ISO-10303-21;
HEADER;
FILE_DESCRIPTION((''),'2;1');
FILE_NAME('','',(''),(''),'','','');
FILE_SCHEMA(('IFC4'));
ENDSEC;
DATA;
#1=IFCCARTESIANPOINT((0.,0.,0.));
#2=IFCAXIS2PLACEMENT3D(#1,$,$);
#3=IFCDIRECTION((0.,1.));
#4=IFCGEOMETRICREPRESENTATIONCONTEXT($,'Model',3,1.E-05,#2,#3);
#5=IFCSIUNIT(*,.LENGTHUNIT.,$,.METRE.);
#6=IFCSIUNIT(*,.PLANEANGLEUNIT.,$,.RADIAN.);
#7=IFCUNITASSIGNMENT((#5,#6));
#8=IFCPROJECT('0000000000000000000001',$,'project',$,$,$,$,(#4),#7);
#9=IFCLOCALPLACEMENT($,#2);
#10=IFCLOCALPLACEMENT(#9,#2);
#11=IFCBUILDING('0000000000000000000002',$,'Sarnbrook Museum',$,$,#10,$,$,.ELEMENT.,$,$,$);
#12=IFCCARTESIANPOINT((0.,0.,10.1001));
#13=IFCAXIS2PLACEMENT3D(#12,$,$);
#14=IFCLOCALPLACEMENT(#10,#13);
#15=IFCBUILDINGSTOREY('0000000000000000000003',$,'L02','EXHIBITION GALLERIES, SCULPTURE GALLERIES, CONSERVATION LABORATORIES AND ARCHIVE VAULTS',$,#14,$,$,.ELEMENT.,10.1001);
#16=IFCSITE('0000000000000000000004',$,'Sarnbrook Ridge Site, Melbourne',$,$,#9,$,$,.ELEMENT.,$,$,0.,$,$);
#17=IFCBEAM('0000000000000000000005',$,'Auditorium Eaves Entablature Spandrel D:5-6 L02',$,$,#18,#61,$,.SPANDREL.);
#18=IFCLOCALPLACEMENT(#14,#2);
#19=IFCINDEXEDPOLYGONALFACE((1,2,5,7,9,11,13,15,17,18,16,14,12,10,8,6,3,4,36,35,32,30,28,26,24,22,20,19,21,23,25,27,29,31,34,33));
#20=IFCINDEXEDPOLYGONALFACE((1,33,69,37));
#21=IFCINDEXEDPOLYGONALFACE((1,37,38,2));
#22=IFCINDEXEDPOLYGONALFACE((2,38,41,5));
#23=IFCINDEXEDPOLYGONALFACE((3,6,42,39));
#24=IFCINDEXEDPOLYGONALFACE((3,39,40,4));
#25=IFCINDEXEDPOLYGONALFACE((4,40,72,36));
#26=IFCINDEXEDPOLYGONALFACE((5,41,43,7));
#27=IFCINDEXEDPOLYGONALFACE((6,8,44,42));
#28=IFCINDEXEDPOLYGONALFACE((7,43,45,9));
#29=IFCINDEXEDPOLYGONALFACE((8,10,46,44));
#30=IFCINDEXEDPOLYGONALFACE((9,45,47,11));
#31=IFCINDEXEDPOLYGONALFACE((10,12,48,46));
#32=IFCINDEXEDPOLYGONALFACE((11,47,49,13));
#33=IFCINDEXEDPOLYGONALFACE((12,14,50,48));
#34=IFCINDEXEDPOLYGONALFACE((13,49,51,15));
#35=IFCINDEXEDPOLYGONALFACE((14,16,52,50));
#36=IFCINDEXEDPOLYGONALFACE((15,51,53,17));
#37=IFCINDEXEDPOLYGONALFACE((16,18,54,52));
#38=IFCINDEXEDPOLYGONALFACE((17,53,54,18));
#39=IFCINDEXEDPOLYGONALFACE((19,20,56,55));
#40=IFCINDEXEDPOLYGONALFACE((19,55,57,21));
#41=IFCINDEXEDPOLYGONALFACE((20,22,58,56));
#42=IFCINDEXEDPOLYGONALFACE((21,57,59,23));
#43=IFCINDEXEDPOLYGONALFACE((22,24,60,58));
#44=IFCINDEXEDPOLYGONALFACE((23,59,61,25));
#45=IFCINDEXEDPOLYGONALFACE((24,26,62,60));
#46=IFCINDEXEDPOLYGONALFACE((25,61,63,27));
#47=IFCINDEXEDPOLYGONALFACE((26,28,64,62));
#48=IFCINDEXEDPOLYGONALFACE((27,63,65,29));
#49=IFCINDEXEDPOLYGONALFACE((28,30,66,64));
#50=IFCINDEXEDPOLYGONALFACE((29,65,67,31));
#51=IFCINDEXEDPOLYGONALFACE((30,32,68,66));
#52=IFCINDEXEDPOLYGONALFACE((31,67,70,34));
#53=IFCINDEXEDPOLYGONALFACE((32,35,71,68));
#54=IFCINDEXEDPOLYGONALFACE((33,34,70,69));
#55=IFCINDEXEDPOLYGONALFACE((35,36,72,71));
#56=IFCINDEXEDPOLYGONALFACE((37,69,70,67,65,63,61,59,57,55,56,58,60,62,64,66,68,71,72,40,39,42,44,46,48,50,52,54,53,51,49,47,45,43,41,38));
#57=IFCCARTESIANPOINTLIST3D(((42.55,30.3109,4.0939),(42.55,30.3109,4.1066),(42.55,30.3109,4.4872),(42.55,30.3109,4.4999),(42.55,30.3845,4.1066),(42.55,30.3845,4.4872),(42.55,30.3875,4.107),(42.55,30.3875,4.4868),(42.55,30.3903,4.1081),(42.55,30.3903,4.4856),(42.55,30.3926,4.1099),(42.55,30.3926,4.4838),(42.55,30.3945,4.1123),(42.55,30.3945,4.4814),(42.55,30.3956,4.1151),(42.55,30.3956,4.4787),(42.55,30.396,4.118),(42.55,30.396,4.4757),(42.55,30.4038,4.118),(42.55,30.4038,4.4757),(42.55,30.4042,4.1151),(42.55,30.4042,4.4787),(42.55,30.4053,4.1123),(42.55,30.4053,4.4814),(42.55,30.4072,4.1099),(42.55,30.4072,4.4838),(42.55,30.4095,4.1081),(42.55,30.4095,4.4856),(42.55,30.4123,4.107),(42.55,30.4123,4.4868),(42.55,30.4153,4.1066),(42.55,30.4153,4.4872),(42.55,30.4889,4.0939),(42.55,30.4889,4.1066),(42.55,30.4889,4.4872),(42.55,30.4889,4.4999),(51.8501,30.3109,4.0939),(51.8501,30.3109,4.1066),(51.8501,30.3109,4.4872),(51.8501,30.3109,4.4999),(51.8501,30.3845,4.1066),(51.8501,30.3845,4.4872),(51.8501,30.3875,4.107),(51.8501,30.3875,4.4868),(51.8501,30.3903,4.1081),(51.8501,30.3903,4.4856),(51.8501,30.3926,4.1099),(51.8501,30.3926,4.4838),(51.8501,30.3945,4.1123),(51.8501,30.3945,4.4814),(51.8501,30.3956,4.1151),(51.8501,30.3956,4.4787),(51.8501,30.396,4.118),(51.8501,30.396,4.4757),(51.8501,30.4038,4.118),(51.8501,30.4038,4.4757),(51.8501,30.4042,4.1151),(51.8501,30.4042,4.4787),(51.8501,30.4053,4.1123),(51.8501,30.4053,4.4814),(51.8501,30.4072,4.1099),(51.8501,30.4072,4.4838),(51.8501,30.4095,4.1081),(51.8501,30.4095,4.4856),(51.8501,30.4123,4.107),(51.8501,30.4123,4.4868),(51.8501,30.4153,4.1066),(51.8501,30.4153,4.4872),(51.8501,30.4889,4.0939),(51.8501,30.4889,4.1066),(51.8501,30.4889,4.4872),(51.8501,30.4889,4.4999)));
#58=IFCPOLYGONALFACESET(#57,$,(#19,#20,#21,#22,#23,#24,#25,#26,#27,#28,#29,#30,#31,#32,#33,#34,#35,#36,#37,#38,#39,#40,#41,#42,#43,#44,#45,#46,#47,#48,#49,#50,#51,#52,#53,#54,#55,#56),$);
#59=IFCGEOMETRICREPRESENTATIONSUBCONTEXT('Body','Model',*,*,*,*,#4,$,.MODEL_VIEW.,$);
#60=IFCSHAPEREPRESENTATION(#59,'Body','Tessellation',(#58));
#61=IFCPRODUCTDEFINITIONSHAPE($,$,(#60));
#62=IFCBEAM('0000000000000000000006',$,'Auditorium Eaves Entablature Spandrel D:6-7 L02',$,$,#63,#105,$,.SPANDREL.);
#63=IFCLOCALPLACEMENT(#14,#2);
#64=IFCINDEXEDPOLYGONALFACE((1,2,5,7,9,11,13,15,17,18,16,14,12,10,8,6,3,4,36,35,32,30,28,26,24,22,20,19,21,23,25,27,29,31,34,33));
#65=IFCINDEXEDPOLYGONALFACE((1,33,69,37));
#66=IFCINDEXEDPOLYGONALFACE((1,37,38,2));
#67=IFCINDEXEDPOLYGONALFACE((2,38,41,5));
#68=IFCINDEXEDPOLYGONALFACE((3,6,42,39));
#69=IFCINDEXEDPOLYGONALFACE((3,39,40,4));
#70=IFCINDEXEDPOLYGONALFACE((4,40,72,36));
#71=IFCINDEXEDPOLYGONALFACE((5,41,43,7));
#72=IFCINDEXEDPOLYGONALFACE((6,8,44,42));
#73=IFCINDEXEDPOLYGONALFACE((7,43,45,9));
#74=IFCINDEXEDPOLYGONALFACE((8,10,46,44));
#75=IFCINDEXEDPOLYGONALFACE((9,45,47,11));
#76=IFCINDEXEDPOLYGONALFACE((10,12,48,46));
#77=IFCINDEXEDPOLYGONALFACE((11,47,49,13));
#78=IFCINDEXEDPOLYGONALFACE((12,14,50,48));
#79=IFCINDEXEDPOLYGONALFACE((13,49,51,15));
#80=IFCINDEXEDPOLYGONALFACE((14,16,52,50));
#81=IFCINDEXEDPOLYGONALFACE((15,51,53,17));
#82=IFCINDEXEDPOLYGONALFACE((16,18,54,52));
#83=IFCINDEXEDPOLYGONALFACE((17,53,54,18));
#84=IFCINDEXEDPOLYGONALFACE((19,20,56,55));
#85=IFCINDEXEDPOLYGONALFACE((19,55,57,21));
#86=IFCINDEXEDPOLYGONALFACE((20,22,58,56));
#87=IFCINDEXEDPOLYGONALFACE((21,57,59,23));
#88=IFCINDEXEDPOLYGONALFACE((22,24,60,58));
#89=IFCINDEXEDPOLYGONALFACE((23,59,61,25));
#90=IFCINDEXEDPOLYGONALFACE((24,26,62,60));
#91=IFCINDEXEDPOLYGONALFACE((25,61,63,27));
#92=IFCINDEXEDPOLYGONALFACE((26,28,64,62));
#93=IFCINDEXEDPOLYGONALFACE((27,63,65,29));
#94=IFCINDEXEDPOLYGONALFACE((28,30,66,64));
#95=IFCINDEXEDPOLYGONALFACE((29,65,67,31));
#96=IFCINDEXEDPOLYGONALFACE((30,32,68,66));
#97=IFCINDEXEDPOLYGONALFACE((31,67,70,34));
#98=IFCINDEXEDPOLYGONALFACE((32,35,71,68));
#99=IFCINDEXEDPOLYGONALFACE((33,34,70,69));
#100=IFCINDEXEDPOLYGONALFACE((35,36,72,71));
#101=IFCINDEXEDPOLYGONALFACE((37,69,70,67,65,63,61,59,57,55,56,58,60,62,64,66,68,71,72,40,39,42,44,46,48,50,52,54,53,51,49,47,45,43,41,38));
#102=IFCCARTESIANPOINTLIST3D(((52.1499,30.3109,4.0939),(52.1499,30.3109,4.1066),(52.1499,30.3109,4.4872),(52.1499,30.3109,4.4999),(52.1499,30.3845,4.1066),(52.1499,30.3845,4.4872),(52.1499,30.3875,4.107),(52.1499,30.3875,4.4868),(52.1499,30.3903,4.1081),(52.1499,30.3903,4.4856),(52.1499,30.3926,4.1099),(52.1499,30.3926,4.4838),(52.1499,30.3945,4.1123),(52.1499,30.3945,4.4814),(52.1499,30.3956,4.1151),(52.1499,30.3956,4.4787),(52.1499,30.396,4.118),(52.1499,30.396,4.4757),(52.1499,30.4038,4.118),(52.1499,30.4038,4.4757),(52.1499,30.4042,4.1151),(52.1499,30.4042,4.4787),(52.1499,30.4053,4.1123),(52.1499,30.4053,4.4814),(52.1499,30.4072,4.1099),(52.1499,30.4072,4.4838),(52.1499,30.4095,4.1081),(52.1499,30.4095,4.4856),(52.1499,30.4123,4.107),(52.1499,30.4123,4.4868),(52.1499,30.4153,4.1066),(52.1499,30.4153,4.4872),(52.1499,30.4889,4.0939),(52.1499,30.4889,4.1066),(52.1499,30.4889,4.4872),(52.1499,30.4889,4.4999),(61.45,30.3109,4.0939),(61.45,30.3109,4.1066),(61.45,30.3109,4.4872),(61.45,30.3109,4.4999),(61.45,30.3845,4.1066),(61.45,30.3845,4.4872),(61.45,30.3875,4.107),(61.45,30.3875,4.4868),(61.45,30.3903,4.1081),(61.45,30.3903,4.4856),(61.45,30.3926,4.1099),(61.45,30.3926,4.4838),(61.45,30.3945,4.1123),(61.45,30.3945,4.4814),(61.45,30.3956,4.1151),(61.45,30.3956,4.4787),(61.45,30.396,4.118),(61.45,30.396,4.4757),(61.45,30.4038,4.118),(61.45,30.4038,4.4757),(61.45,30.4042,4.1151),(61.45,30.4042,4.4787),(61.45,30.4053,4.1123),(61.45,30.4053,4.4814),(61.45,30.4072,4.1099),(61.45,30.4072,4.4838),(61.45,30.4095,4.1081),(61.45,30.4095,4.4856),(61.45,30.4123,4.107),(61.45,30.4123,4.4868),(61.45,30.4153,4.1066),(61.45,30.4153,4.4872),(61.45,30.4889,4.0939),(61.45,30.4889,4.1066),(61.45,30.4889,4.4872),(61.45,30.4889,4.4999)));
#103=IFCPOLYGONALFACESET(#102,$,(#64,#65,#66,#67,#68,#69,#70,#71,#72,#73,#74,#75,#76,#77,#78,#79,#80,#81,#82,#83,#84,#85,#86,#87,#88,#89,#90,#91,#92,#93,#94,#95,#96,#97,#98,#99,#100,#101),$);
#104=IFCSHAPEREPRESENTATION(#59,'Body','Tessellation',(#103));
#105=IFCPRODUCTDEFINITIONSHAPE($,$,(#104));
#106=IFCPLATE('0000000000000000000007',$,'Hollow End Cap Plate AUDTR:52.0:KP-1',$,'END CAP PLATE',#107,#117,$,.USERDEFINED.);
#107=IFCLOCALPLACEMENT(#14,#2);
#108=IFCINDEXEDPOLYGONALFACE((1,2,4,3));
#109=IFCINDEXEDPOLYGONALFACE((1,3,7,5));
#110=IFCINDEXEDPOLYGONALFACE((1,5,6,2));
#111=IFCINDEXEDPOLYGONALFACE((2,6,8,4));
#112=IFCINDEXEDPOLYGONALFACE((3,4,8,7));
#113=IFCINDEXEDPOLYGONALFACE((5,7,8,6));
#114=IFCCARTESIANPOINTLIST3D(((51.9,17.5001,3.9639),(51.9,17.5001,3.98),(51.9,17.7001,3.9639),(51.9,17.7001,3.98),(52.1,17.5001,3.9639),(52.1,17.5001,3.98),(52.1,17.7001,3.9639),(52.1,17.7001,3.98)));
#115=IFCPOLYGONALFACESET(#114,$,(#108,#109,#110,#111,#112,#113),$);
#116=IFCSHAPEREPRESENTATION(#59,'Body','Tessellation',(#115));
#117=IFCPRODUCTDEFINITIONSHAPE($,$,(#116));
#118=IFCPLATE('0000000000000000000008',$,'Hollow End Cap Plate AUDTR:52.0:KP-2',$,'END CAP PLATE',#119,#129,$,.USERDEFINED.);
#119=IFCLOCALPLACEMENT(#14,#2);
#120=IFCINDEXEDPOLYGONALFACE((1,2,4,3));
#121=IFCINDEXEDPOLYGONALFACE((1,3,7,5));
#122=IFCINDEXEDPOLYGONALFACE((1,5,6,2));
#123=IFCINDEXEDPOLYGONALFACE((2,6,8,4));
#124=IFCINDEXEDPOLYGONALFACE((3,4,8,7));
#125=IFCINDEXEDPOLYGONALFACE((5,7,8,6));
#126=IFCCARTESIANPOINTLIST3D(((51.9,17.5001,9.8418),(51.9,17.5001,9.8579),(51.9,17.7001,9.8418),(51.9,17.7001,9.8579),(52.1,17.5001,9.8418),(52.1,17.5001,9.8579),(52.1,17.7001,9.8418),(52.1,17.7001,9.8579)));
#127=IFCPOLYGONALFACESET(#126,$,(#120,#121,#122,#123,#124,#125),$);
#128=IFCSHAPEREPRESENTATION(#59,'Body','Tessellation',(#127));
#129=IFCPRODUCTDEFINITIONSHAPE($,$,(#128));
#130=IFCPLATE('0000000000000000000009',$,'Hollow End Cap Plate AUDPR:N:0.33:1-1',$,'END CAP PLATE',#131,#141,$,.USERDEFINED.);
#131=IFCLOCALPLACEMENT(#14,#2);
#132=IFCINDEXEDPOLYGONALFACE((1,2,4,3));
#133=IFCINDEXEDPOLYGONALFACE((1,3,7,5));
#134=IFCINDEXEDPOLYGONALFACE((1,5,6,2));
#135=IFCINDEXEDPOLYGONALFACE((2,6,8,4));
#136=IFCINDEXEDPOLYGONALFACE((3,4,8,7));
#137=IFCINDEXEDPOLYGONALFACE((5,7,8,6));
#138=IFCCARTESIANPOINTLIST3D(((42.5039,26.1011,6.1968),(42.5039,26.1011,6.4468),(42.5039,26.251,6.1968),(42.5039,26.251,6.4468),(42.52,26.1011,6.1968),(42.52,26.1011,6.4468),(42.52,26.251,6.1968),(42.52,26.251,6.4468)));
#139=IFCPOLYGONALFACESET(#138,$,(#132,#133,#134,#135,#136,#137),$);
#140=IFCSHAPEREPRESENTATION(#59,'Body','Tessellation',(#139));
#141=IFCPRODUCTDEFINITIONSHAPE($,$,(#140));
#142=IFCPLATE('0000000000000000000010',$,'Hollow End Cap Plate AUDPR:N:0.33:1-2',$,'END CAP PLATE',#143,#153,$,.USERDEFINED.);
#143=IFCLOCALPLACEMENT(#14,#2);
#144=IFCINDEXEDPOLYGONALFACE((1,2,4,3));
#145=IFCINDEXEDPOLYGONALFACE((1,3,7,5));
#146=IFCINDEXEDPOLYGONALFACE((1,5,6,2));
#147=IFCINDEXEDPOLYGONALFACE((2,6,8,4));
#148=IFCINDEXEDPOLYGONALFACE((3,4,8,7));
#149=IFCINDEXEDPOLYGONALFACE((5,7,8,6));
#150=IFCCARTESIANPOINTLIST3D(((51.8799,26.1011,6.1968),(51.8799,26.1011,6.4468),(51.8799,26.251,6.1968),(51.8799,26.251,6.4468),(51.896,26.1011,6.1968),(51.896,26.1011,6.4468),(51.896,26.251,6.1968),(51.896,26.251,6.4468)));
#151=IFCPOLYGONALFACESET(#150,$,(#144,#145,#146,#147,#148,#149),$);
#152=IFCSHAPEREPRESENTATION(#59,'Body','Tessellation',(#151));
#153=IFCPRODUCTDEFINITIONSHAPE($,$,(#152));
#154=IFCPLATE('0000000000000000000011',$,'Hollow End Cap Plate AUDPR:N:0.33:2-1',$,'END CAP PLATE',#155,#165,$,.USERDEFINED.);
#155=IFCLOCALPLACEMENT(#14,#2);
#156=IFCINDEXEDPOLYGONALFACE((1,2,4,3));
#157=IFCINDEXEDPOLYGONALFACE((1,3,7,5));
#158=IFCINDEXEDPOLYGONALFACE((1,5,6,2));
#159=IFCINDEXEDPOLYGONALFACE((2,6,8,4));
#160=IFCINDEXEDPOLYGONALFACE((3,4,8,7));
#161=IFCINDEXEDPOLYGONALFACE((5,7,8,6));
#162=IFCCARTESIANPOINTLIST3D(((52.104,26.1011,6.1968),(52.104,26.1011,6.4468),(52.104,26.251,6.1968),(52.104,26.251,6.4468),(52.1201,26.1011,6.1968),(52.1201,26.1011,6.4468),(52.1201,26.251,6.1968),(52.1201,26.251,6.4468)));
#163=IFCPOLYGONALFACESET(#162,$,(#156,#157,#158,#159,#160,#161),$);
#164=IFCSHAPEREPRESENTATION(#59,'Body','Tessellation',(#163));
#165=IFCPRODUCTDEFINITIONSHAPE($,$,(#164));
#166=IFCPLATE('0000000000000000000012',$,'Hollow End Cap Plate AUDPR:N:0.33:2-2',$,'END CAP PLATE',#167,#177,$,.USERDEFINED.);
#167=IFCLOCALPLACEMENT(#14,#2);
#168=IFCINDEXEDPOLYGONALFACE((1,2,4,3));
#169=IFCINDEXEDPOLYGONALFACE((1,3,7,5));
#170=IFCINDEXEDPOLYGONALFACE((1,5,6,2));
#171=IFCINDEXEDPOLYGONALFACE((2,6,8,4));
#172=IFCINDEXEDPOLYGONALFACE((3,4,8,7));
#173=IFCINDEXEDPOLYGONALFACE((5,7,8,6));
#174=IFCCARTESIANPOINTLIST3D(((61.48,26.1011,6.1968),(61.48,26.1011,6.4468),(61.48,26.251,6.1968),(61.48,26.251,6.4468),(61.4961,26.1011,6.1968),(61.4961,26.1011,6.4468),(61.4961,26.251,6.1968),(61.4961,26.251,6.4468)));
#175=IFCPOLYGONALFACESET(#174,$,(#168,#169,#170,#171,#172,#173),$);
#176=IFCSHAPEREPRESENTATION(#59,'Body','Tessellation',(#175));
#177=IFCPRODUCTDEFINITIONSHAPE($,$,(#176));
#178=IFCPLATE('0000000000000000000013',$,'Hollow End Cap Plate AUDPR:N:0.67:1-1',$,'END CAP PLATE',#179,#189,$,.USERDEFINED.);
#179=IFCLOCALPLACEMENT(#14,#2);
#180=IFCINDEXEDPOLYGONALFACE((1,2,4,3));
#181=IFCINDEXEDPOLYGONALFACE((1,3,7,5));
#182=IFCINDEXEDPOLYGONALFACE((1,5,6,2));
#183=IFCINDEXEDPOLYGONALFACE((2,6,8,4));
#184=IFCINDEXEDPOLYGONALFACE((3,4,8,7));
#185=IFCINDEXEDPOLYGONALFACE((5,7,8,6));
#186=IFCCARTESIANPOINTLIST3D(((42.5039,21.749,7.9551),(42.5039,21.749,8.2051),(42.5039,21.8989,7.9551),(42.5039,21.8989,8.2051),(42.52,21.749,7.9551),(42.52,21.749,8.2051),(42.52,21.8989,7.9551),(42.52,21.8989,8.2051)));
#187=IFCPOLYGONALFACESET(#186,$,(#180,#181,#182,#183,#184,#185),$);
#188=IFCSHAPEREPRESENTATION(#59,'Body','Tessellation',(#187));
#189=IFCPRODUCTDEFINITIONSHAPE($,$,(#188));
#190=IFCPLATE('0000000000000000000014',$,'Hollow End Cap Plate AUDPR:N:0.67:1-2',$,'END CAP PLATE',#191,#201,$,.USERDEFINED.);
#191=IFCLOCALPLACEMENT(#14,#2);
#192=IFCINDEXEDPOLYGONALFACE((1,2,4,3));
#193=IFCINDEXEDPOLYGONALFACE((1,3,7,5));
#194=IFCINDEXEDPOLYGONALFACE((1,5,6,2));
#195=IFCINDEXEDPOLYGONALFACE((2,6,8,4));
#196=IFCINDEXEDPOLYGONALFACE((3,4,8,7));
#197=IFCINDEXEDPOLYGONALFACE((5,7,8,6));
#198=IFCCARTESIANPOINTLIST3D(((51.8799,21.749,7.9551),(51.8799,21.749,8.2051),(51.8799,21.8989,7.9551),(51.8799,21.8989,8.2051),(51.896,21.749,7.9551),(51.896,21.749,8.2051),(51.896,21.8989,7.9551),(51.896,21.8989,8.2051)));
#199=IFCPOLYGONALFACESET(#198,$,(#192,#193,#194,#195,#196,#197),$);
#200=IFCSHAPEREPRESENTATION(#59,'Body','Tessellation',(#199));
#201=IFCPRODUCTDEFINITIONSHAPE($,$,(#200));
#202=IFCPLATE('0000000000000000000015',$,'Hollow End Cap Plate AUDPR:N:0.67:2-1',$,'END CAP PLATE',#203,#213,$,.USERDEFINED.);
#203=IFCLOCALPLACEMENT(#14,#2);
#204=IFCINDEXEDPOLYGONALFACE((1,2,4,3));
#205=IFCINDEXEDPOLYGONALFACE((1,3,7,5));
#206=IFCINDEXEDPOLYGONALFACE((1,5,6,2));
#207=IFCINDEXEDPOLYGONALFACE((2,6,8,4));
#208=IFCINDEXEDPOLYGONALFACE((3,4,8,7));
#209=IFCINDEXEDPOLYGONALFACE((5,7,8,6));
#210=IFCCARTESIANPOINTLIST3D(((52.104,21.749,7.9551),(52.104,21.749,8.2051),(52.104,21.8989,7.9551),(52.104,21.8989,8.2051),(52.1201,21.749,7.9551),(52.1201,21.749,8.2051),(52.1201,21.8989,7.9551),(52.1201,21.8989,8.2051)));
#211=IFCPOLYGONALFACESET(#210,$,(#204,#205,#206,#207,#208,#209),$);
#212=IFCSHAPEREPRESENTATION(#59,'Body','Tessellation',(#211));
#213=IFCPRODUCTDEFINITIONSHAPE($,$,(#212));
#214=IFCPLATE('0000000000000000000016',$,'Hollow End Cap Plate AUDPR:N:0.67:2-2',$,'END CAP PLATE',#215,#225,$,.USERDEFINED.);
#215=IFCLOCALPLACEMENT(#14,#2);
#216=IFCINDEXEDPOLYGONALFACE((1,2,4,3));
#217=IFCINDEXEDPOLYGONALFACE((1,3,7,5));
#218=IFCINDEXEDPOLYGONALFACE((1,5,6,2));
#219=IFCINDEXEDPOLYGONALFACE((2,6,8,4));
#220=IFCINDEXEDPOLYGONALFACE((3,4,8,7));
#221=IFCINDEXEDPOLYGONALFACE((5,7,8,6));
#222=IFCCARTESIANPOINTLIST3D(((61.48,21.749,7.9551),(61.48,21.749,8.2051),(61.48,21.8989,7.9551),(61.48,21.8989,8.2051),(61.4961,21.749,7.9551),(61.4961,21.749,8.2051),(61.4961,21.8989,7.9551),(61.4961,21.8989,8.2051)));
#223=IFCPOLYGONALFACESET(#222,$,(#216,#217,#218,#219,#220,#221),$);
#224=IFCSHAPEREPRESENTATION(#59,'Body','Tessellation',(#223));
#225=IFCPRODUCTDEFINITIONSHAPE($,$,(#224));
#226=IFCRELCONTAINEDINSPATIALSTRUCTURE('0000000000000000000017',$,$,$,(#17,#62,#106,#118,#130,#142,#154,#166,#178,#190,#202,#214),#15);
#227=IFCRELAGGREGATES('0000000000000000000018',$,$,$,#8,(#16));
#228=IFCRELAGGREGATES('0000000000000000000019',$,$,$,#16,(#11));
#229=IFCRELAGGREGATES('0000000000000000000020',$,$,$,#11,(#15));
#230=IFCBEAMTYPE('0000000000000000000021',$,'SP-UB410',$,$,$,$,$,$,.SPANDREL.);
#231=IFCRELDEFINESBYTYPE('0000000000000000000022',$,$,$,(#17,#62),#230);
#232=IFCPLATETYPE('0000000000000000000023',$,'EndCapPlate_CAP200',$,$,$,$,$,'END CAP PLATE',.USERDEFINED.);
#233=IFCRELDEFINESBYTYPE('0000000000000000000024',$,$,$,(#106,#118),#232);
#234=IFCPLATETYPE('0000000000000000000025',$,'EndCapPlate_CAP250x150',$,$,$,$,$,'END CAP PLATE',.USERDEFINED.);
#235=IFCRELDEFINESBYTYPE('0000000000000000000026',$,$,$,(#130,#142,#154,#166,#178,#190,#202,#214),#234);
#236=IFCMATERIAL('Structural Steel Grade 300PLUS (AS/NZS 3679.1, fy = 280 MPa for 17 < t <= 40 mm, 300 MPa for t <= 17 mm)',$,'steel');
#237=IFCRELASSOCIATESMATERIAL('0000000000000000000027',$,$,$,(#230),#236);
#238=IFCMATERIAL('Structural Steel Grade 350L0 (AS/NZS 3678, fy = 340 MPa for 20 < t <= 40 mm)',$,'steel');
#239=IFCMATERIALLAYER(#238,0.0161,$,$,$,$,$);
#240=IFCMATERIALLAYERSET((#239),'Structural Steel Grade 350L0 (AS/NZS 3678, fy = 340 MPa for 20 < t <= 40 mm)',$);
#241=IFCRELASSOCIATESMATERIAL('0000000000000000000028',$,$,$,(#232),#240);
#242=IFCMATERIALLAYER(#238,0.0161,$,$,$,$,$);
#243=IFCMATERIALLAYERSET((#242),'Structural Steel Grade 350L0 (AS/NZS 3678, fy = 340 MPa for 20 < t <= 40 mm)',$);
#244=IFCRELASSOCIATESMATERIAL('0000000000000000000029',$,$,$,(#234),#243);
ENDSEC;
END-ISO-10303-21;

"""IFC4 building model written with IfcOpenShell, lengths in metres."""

from ifc_helpers import new_model, si_unit, direction, frame, origin, origin_2d, place, context, subcontext, project, spatial, rectangle, i_section, extrude, material, layer, layer_set, material_profile, profile_set, type_object, element, save


model = new_model("IFC4")

# Units and contexts
model_context = context("Model", 3, precision=1e-05, world=origin(), true_north=direction((0.0, 1.0)))
body_context = subcontext(model_context, "Body", "Model", "MODEL_VIEW")
ifc_project = project(units=[si_unit("LENGTHUNIT", "METRE"), si_unit("PLANEANGLEUNIT", "RADIAN")], contexts=[model_context])

# Site, building, storey
site_placement = place(None, origin())
site = spatial("IfcSite", under=ifc_project, at=site_placement, Name="Sarnbrook Ridge Site, Melbourne", CompositionType="ELEMENT", RefElevation=0.0)
building_placement = place(site_placement, origin())
building = spatial("IfcBuilding", under=site, at=building_placement, Name="Sarnbrook Museum", CompositionType="ELEMENT")
storey_placement = place(building_placement, frame((0.0, 0.0, 10.1001)))
storey = spatial("IfcBuildingStorey", under=building, at=storey_placement, Name="L02", Description="EXHIBITION GALLERIES, SCULPTURE GALLERIES, CONSERVATION LABORATORIES AND ARCHIVE VAULTS", CompositionType="ELEMENT", Elevation=10.1001)

# Shared definitions
ifc_material_1 = material(Name="Structural Steel Grade 300PLUS (AS/NZS 3679.1, fy = 280 MPa for 17 < t <= 40 mm, 300 MPa for t <= 17 mm)", Category="steel")

# Shared definitions
ifc_material_2 = material(Name="Structural Steel Grade 350L0 (AS/NZS 3678, fy = 340 MPa for 20 < t <= 40 mm)", Category="steel")

# Beams
ifc_material_profile_1 = material_profile(ifc_material_1, i_section(OverallWidth=0.178, OverallDepth=0.406, WebThickness=0.0078, FlangeThickness=0.0127, FilletRadius=0.0115, at=origin_2d()), Name="410UB59.7")
ifc_profile_set_1 = profile_set([ifc_material_profile_1], Name="Structural Steel Grade 300PLUS (AS/NZS 3679.1, fy = 280 MPa for 17 < t <= 40 mm, 300 MPa for t <= 17 mm)")
beam_type_1 = type_object("IfcBeamType", Name="SP-UB410", PredefinedType="SPANDREL", material=ifc_profile_set_1)
for number, where, z_axis, x_axis, name in (
    (1, (42.55, 30.3999, 4.2969), (1.0, 0.0, 0.0), (0.0, 1.0, 0.0), "Auditorium Eaves Entablature Spandrel D:5-6 L02"),
    (2, (52.1499, 30.3999, 4.2969), (1.0, 0.0, 0.0), (0.0, 1.0, 0.0), "Auditorium Eaves Entablature Spandrel D:6-7 L02"),
):
    element("IfcBeam", number, at=place(storey_placement, frame(where, z_axis=z_axis, x_axis=x_axis)), inside=storey, type_object=beam_type_1, Name=name, PredefinedType="SPANDREL", context=body_context, shape_type="SweptSolid", body=[
        extrude(i_section(OverallWidth=0.178, OverallDepth=0.406, WebThickness=0.0078, FlangeThickness=0.0127, FilletRadius=0.0115, at=origin_2d()), origin(), (0.0, 0.0, 1.0), 9.3),
    ])

# Plates
ifc_layer_1 = layer(ifc_material_2, 0.0161)
ifc_layer_set_1 = layer_set([ifc_layer_1], Name="Structural Steel Grade 350L0 (AS/NZS 3678, fy = 340 MPa for 20 < t <= 40 mm)")
plate_type_1 = type_object("IfcPlateType", Name="EndCapPlate_CAP200", ElementType="END CAP PLATE", PredefinedType="USERDEFINED", material=ifc_layer_set_1)
for number, where, z_axis, x_axis, name in (
    (3, (52.0, 17.6001, 3.9639), (0.0, 0.0, 1.0), (1.0, 0.0, 0.0), "Hollow End Cap Plate AUDTR:52.0:KP-1"),
    (4, (52.0, 17.6001, 9.8418), (0.0, 0.0, 1.0), (1.0, 0.0, 0.0), "Hollow End Cap Plate AUDTR:52.0:KP-2"),
):
    element("IfcPlate", number, at=place(storey_placement, frame(where, z_axis=z_axis, x_axis=x_axis)), inside=storey, type_object=plate_type_1, Name=name, ObjectType="END CAP PLATE", PredefinedType="USERDEFINED", context=body_context, shape_type="SweptSolid", body=[
        extrude(rectangle(XDim=0.2, YDim=0.2, at=origin_2d()), origin(), (0.0, 0.0, 1.0), 0.0161),
    ])
ifc_layer_2 = layer(ifc_material_2, 0.0161)
ifc_layer_set_2 = layer_set([ifc_layer_2], Name="Structural Steel Grade 350L0 (AS/NZS 3678, fy = 340 MPa for 20 < t <= 40 mm)")
plate_type_2 = type_object("IfcPlateType", Name="EndCapPlate_CAP250x150", ElementType="END CAP PLATE", PredefinedType="USERDEFINED", material=ifc_layer_set_2)
for number, where, z_axis, x_axis, name in (
    (5, (42.5039, 26.176, 6.3218), (1.0, 0.0, 0.0), (0.0, 1.0, 0.0), "Hollow End Cap Plate AUDPR:N:0.33:1-1"),
    (6, (51.8799, 26.176, 6.3218), (1.0, 0.0, 0.0), (0.0, 1.0, 0.0), "Hollow End Cap Plate AUDPR:N:0.33:1-2"),
    (7, (52.104, 26.176, 6.3218), (1.0, 0.0, 0.0), (0.0, 1.0, 0.0), "Hollow End Cap Plate AUDPR:N:0.33:2-1"),
    (8, (61.48, 26.176, 6.3218), (1.0, 0.0, 0.0), (0.0, 1.0, 0.0), "Hollow End Cap Plate AUDPR:N:0.33:2-2"),
    (9, (42.5039, 21.824, 8.0801), (1.0, 0.0, 0.0), (0.0, 1.0, 0.0), "Hollow End Cap Plate AUDPR:N:0.67:1-1"),
    (10, (51.8799, 21.824, 8.0801), (1.0, 0.0, 0.0), (0.0, 1.0, 0.0), "Hollow End Cap Plate AUDPR:N:0.67:1-2"),
    (11, (52.104, 21.824, 8.0801), (1.0, 0.0, 0.0), (0.0, 1.0, 0.0), "Hollow End Cap Plate AUDPR:N:0.67:2-1"),
    (12, (61.48, 21.824, 8.0801), (1.0, 0.0, 0.0), (0.0, 1.0, 0.0), "Hollow End Cap Plate AUDPR:N:0.67:2-2"),
):
    element("IfcPlate", number, at=place(storey_placement, frame(where, z_axis=z_axis, x_axis=x_axis)), inside=storey, type_object=plate_type_2, Name=name, ObjectType="END CAP PLATE", PredefinedType="USERDEFINED", context=body_context, shape_type="SweptSolid", body=[
        extrude(rectangle(XDim=0.1499, YDim=0.25, at=origin_2d()), origin(), (0.0, 0.0, 1.0), 0.0161),
    ])

save(model, "model.ifc")
